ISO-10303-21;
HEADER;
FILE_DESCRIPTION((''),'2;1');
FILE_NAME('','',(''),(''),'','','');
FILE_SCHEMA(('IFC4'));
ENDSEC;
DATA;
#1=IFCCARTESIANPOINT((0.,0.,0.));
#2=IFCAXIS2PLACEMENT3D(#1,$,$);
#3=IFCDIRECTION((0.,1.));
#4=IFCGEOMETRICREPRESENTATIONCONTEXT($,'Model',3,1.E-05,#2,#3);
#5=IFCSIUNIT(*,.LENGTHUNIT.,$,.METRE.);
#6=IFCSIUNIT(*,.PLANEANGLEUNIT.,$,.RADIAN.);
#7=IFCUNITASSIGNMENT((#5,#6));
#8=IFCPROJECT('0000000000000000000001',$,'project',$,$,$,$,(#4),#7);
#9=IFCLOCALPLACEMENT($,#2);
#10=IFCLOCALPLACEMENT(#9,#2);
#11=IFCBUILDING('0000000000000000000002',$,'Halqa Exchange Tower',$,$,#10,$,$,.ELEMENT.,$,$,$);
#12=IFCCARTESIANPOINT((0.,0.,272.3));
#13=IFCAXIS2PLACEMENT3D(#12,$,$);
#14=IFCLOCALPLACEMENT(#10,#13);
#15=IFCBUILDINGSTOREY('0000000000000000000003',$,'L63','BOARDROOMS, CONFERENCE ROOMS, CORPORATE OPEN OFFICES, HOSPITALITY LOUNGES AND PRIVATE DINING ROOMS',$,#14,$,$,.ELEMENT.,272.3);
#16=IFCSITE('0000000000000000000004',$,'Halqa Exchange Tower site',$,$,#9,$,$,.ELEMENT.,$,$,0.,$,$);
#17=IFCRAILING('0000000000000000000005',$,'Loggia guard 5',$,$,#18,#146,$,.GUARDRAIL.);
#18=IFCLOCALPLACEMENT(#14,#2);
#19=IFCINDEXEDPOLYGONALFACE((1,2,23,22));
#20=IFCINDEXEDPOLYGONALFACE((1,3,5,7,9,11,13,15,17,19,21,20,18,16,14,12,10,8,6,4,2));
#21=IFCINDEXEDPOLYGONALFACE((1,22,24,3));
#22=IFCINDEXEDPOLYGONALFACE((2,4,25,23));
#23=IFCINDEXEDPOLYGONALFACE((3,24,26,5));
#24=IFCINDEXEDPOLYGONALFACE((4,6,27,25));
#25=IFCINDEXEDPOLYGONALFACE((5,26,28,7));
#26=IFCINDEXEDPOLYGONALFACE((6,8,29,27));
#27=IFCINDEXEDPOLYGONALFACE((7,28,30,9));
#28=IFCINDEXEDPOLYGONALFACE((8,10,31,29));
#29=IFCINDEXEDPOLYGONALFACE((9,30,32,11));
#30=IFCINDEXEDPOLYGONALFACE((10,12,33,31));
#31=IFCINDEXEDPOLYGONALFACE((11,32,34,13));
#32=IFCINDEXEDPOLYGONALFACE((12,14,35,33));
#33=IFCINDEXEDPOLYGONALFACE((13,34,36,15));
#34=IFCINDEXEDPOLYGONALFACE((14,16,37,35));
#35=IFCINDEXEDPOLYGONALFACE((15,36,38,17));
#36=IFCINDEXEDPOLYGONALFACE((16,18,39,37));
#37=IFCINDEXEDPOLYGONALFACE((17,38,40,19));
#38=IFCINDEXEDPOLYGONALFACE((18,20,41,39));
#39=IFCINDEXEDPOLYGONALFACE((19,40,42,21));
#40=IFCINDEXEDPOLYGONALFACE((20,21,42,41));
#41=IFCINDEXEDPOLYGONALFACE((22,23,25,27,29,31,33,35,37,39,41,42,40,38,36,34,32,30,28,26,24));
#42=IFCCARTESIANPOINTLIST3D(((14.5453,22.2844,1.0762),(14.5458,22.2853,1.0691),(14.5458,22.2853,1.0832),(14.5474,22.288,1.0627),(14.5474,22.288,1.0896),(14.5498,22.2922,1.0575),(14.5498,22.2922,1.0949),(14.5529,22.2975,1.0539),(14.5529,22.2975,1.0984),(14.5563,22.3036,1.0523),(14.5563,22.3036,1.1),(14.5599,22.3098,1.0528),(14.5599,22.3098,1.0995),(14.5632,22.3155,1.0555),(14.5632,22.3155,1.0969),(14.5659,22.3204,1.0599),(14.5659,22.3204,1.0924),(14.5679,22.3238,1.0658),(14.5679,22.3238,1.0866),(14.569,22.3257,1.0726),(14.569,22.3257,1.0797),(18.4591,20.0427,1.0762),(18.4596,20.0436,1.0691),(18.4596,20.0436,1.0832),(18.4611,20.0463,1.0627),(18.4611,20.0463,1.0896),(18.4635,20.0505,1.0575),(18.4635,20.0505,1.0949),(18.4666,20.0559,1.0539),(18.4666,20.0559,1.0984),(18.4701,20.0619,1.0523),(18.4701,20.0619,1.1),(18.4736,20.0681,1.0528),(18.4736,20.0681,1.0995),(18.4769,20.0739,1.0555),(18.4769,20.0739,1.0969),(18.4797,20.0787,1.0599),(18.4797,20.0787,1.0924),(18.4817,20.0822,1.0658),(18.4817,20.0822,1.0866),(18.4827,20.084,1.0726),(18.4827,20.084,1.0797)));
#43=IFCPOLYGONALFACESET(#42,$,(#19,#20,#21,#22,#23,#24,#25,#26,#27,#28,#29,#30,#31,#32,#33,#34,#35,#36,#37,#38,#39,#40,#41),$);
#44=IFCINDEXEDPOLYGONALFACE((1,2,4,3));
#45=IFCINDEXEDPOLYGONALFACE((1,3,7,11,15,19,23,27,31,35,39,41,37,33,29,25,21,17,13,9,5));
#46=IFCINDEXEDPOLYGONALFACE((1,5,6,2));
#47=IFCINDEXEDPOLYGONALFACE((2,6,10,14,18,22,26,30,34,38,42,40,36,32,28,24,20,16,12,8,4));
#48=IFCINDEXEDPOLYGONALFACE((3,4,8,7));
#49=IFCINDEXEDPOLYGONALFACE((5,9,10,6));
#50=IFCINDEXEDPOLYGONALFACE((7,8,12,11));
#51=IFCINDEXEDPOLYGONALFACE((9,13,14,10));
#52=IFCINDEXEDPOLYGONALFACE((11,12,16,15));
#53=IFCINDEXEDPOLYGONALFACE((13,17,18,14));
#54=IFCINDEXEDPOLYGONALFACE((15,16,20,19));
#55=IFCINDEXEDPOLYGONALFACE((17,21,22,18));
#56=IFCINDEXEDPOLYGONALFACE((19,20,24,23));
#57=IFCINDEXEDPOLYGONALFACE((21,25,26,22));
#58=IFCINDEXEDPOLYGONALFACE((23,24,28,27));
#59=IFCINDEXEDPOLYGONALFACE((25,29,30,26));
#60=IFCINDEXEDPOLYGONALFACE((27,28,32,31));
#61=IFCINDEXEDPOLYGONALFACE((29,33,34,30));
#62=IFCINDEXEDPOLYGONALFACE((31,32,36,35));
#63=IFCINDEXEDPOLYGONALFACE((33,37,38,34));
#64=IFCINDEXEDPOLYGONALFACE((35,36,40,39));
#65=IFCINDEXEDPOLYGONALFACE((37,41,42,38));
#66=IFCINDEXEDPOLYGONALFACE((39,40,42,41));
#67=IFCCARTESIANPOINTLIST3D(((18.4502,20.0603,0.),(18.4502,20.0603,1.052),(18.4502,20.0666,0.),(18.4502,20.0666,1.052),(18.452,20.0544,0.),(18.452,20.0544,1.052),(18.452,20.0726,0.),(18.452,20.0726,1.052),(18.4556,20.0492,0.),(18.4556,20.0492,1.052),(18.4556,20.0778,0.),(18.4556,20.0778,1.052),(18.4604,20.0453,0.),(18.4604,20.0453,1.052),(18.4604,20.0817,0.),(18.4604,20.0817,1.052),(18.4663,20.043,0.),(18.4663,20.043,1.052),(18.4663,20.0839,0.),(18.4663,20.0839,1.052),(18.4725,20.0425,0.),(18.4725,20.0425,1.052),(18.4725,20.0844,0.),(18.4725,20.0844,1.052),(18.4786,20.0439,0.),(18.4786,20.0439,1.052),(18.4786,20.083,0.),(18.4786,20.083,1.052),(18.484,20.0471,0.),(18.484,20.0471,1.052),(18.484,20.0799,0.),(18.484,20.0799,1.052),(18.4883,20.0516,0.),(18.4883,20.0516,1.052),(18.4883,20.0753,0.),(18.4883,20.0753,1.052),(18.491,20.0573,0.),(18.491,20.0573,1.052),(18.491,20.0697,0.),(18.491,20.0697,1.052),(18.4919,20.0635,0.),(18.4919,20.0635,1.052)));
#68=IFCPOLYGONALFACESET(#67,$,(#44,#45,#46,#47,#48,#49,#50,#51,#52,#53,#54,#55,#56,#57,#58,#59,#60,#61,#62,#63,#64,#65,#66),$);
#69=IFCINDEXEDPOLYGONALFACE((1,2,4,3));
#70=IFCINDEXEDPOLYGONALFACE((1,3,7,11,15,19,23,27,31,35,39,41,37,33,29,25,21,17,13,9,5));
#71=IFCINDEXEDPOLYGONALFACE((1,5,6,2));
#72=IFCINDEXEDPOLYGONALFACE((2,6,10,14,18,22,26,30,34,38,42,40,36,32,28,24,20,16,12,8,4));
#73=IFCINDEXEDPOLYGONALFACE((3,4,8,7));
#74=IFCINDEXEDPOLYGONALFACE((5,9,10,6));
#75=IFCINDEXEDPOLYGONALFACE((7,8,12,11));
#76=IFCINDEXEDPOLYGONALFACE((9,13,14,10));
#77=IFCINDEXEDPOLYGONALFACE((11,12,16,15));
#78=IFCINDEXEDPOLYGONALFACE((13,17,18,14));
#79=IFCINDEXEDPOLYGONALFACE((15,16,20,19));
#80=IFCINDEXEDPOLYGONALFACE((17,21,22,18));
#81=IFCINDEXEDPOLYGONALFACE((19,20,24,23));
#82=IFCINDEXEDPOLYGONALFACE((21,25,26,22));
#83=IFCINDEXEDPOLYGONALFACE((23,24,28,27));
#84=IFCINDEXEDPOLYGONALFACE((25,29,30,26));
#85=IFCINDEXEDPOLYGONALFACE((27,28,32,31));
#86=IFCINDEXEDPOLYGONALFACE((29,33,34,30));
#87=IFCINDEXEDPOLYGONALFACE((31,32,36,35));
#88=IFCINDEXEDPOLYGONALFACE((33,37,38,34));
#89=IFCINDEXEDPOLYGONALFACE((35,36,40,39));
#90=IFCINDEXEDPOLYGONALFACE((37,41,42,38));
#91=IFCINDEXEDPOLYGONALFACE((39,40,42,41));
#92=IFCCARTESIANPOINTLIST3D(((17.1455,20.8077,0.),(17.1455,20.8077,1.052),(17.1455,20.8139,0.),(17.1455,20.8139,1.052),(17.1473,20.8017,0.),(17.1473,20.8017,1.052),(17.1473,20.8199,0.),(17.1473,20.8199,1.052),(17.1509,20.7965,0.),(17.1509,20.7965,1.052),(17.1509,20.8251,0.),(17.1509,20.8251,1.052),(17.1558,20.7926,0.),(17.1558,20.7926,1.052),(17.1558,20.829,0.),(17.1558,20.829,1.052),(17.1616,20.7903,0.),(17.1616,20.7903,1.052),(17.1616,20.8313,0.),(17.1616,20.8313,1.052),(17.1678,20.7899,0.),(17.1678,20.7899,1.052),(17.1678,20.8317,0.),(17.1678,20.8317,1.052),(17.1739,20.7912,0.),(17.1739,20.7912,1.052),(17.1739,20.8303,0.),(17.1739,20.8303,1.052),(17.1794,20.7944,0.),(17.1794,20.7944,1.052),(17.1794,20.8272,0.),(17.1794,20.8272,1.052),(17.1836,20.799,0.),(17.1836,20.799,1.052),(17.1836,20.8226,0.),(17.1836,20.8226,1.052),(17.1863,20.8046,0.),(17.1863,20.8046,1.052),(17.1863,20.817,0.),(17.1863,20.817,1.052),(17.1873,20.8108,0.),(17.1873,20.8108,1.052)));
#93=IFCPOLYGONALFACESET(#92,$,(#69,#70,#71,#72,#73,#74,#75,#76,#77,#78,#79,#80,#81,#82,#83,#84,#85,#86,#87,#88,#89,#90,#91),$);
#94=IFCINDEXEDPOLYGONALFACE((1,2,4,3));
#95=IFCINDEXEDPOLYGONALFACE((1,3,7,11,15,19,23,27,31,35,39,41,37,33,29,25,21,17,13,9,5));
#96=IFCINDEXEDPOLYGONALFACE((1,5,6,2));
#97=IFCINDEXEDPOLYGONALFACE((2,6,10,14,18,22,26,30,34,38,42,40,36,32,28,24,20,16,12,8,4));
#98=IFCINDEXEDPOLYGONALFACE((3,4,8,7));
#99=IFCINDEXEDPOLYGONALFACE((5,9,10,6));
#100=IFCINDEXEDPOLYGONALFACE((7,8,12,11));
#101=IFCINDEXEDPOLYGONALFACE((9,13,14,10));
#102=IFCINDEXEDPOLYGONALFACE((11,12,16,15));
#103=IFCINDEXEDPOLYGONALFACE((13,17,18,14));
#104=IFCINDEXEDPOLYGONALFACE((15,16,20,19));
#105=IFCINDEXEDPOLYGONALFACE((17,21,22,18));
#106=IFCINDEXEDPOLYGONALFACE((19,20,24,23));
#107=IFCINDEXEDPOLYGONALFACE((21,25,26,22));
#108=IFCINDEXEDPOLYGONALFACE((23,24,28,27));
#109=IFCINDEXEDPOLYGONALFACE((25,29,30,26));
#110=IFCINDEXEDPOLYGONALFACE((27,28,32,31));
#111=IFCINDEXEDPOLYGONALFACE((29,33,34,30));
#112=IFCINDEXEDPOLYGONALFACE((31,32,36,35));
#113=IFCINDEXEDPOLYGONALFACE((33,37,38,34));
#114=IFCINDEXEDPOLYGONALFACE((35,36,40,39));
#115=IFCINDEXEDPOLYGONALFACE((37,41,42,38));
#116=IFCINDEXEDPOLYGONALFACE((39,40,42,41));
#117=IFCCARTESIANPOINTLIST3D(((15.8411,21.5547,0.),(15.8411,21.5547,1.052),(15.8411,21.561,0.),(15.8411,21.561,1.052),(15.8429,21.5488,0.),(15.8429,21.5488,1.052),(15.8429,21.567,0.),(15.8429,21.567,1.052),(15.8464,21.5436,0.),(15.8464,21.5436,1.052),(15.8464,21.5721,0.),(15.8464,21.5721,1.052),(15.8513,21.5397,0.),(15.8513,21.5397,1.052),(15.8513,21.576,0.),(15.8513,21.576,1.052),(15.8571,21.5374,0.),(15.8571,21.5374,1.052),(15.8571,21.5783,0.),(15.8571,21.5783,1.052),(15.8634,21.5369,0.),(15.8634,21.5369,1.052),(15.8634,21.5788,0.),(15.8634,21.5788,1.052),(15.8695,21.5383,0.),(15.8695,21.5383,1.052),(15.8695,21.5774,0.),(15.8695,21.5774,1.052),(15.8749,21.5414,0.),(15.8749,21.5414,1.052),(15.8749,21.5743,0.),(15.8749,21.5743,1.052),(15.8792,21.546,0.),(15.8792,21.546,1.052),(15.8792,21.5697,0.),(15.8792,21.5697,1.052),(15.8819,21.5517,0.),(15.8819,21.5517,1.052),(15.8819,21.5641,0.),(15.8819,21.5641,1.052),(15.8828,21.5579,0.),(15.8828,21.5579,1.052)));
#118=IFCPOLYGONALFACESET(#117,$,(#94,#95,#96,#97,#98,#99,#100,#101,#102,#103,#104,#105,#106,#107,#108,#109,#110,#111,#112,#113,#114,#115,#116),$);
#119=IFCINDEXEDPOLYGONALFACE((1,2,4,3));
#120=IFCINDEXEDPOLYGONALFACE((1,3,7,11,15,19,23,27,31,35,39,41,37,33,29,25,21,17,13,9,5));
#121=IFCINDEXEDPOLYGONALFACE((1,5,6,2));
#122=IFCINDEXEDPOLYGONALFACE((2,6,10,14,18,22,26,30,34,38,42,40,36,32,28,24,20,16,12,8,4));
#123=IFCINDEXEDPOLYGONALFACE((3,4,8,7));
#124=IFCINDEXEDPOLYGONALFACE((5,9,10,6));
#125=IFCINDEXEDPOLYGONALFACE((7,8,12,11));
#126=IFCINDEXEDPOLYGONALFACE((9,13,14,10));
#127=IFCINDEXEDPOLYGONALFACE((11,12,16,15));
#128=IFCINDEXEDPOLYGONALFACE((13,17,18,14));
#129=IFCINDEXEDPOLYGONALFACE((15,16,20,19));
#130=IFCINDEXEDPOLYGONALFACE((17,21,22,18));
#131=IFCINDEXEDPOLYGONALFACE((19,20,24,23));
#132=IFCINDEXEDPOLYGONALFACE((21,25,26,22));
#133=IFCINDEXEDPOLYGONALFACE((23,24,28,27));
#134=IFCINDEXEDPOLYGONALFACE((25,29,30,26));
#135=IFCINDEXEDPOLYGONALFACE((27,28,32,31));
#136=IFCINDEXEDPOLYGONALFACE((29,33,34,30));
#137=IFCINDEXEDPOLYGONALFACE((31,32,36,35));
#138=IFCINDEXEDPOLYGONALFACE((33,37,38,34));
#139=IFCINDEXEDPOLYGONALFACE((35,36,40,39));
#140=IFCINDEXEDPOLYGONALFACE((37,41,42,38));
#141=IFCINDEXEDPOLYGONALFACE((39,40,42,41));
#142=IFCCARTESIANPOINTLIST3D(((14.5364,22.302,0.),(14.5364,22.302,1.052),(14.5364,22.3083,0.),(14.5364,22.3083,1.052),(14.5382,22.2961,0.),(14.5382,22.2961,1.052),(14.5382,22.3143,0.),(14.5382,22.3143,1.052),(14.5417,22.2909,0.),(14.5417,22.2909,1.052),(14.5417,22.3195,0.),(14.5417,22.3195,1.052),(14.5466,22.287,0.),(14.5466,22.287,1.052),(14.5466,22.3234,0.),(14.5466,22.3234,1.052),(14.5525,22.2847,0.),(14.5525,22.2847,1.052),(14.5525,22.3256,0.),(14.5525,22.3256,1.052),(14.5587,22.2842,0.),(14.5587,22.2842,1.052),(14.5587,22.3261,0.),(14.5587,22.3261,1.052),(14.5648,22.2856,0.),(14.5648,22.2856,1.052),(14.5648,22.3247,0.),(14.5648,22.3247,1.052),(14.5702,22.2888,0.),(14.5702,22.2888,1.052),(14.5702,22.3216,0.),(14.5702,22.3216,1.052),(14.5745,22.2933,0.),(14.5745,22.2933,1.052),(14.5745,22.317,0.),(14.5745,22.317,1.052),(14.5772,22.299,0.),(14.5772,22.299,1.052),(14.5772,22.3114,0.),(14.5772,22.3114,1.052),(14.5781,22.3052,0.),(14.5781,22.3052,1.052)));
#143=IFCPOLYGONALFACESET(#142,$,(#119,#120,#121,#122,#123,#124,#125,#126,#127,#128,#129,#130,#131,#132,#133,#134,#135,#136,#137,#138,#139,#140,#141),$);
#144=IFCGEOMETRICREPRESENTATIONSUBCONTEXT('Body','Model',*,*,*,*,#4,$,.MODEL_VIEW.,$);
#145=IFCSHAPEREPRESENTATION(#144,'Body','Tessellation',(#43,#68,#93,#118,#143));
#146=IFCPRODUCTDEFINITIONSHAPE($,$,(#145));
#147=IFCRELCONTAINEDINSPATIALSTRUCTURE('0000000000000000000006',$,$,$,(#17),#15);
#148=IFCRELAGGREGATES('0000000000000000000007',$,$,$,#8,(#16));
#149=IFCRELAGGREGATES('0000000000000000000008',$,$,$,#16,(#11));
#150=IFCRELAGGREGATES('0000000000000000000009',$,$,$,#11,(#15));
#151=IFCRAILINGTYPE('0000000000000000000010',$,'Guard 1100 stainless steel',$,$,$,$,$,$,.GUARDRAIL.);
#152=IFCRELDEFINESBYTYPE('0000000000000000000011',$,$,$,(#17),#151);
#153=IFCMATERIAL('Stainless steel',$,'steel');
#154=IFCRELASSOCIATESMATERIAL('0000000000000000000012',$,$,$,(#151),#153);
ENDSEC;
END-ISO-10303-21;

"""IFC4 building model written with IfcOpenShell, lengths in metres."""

from ifc_helpers import new_model, si_unit, direction, frame, origin, origin_2d, place, context, subcontext, project, spatial, circle, extrude, material, type_object, element, save


model = new_model("IFC4")

# Units and contexts
model_context = context("Model", 3, precision=1e-05, world=origin(), true_north=direction((0.0, 1.0)))
body_context = subcontext(model_context, "Body", "Model", "MODEL_VIEW")
ifc_project = project(units=[si_unit("LENGTHUNIT", "METRE"), si_unit("PLANEANGLEUNIT", "RADIAN")], contexts=[model_context])

# Site, building, storey
site_placement = place(None, origin())
site = spatial("IfcSite", under=ifc_project, at=site_placement, Name="Halqa Exchange Tower site", CompositionType="ELEMENT", RefElevation=0.0)
building_placement = place(site_placement, origin())
building = spatial("IfcBuilding", under=site, at=building_placement, Name="Halqa Exchange Tower", CompositionType="ELEMENT")
storey_placement = place(building_placement, frame((0.0, 0.0, 272.3)))
storey = spatial("IfcBuildingStorey", under=building, at=storey_placement, Name="L63", Description="BOARDROOMS, CONFERENCE ROOMS, CORPORATE OPEN OFFICES, HOSPITALITY LOUNGES AND PRIVATE DINING ROOMS", CompositionType="ELEMENT", Elevation=272.3)

# Railing
ifc_material_1 = material(Name="Stainless steel", Category="steel")
railing_type = type_object("IfcRailingType", Name="Guard 1100 stainless steel", PredefinedType="GUARDRAIL", material=ifc_material_1)
railing_1_placement = place(storey_placement, frame((18.4709, 20.0635, 0.0)))
element("IfcRailing", 1, at=railing_1_placement, inside=storey, type_object=railing_type, Name="Loggia guard 5", PredefinedType="GUARDRAIL", context=body_context, shape_type="SweptSolid", body=[
    extrude(circle(Radius=0.0239, at=origin_2d()), frame((0.0, 0.0, 1.0762), z_axis=(-0.867743, 0.497013, 0.0), x_axis=(-0.497013, -0.867743, 0.0)), (0.0, 0.0, 1.0), 4.5103),
    extrude(circle(Radius=0.021, at=origin_2d()), origin(), (0.0, 0.0, 1.0), 1.052),
    extrude(circle(Radius=0.021, at=origin_2d()), frame((-1.3047, 0.7473, 0.0)), (0.0, 0.0, 1.0), 1.052),
    extrude(circle(Radius=0.021, at=origin_2d()), frame((-2.6091, 1.4944, 0.0)), (0.0, 0.0, 1.0), 1.052),
    extrude(circle(Radius=0.021, at=origin_2d()), frame((-3.9138, 2.2417, 0.0)), (0.0, 0.0, 1.0), 1.052),
])

save(model, "model.ifc")
